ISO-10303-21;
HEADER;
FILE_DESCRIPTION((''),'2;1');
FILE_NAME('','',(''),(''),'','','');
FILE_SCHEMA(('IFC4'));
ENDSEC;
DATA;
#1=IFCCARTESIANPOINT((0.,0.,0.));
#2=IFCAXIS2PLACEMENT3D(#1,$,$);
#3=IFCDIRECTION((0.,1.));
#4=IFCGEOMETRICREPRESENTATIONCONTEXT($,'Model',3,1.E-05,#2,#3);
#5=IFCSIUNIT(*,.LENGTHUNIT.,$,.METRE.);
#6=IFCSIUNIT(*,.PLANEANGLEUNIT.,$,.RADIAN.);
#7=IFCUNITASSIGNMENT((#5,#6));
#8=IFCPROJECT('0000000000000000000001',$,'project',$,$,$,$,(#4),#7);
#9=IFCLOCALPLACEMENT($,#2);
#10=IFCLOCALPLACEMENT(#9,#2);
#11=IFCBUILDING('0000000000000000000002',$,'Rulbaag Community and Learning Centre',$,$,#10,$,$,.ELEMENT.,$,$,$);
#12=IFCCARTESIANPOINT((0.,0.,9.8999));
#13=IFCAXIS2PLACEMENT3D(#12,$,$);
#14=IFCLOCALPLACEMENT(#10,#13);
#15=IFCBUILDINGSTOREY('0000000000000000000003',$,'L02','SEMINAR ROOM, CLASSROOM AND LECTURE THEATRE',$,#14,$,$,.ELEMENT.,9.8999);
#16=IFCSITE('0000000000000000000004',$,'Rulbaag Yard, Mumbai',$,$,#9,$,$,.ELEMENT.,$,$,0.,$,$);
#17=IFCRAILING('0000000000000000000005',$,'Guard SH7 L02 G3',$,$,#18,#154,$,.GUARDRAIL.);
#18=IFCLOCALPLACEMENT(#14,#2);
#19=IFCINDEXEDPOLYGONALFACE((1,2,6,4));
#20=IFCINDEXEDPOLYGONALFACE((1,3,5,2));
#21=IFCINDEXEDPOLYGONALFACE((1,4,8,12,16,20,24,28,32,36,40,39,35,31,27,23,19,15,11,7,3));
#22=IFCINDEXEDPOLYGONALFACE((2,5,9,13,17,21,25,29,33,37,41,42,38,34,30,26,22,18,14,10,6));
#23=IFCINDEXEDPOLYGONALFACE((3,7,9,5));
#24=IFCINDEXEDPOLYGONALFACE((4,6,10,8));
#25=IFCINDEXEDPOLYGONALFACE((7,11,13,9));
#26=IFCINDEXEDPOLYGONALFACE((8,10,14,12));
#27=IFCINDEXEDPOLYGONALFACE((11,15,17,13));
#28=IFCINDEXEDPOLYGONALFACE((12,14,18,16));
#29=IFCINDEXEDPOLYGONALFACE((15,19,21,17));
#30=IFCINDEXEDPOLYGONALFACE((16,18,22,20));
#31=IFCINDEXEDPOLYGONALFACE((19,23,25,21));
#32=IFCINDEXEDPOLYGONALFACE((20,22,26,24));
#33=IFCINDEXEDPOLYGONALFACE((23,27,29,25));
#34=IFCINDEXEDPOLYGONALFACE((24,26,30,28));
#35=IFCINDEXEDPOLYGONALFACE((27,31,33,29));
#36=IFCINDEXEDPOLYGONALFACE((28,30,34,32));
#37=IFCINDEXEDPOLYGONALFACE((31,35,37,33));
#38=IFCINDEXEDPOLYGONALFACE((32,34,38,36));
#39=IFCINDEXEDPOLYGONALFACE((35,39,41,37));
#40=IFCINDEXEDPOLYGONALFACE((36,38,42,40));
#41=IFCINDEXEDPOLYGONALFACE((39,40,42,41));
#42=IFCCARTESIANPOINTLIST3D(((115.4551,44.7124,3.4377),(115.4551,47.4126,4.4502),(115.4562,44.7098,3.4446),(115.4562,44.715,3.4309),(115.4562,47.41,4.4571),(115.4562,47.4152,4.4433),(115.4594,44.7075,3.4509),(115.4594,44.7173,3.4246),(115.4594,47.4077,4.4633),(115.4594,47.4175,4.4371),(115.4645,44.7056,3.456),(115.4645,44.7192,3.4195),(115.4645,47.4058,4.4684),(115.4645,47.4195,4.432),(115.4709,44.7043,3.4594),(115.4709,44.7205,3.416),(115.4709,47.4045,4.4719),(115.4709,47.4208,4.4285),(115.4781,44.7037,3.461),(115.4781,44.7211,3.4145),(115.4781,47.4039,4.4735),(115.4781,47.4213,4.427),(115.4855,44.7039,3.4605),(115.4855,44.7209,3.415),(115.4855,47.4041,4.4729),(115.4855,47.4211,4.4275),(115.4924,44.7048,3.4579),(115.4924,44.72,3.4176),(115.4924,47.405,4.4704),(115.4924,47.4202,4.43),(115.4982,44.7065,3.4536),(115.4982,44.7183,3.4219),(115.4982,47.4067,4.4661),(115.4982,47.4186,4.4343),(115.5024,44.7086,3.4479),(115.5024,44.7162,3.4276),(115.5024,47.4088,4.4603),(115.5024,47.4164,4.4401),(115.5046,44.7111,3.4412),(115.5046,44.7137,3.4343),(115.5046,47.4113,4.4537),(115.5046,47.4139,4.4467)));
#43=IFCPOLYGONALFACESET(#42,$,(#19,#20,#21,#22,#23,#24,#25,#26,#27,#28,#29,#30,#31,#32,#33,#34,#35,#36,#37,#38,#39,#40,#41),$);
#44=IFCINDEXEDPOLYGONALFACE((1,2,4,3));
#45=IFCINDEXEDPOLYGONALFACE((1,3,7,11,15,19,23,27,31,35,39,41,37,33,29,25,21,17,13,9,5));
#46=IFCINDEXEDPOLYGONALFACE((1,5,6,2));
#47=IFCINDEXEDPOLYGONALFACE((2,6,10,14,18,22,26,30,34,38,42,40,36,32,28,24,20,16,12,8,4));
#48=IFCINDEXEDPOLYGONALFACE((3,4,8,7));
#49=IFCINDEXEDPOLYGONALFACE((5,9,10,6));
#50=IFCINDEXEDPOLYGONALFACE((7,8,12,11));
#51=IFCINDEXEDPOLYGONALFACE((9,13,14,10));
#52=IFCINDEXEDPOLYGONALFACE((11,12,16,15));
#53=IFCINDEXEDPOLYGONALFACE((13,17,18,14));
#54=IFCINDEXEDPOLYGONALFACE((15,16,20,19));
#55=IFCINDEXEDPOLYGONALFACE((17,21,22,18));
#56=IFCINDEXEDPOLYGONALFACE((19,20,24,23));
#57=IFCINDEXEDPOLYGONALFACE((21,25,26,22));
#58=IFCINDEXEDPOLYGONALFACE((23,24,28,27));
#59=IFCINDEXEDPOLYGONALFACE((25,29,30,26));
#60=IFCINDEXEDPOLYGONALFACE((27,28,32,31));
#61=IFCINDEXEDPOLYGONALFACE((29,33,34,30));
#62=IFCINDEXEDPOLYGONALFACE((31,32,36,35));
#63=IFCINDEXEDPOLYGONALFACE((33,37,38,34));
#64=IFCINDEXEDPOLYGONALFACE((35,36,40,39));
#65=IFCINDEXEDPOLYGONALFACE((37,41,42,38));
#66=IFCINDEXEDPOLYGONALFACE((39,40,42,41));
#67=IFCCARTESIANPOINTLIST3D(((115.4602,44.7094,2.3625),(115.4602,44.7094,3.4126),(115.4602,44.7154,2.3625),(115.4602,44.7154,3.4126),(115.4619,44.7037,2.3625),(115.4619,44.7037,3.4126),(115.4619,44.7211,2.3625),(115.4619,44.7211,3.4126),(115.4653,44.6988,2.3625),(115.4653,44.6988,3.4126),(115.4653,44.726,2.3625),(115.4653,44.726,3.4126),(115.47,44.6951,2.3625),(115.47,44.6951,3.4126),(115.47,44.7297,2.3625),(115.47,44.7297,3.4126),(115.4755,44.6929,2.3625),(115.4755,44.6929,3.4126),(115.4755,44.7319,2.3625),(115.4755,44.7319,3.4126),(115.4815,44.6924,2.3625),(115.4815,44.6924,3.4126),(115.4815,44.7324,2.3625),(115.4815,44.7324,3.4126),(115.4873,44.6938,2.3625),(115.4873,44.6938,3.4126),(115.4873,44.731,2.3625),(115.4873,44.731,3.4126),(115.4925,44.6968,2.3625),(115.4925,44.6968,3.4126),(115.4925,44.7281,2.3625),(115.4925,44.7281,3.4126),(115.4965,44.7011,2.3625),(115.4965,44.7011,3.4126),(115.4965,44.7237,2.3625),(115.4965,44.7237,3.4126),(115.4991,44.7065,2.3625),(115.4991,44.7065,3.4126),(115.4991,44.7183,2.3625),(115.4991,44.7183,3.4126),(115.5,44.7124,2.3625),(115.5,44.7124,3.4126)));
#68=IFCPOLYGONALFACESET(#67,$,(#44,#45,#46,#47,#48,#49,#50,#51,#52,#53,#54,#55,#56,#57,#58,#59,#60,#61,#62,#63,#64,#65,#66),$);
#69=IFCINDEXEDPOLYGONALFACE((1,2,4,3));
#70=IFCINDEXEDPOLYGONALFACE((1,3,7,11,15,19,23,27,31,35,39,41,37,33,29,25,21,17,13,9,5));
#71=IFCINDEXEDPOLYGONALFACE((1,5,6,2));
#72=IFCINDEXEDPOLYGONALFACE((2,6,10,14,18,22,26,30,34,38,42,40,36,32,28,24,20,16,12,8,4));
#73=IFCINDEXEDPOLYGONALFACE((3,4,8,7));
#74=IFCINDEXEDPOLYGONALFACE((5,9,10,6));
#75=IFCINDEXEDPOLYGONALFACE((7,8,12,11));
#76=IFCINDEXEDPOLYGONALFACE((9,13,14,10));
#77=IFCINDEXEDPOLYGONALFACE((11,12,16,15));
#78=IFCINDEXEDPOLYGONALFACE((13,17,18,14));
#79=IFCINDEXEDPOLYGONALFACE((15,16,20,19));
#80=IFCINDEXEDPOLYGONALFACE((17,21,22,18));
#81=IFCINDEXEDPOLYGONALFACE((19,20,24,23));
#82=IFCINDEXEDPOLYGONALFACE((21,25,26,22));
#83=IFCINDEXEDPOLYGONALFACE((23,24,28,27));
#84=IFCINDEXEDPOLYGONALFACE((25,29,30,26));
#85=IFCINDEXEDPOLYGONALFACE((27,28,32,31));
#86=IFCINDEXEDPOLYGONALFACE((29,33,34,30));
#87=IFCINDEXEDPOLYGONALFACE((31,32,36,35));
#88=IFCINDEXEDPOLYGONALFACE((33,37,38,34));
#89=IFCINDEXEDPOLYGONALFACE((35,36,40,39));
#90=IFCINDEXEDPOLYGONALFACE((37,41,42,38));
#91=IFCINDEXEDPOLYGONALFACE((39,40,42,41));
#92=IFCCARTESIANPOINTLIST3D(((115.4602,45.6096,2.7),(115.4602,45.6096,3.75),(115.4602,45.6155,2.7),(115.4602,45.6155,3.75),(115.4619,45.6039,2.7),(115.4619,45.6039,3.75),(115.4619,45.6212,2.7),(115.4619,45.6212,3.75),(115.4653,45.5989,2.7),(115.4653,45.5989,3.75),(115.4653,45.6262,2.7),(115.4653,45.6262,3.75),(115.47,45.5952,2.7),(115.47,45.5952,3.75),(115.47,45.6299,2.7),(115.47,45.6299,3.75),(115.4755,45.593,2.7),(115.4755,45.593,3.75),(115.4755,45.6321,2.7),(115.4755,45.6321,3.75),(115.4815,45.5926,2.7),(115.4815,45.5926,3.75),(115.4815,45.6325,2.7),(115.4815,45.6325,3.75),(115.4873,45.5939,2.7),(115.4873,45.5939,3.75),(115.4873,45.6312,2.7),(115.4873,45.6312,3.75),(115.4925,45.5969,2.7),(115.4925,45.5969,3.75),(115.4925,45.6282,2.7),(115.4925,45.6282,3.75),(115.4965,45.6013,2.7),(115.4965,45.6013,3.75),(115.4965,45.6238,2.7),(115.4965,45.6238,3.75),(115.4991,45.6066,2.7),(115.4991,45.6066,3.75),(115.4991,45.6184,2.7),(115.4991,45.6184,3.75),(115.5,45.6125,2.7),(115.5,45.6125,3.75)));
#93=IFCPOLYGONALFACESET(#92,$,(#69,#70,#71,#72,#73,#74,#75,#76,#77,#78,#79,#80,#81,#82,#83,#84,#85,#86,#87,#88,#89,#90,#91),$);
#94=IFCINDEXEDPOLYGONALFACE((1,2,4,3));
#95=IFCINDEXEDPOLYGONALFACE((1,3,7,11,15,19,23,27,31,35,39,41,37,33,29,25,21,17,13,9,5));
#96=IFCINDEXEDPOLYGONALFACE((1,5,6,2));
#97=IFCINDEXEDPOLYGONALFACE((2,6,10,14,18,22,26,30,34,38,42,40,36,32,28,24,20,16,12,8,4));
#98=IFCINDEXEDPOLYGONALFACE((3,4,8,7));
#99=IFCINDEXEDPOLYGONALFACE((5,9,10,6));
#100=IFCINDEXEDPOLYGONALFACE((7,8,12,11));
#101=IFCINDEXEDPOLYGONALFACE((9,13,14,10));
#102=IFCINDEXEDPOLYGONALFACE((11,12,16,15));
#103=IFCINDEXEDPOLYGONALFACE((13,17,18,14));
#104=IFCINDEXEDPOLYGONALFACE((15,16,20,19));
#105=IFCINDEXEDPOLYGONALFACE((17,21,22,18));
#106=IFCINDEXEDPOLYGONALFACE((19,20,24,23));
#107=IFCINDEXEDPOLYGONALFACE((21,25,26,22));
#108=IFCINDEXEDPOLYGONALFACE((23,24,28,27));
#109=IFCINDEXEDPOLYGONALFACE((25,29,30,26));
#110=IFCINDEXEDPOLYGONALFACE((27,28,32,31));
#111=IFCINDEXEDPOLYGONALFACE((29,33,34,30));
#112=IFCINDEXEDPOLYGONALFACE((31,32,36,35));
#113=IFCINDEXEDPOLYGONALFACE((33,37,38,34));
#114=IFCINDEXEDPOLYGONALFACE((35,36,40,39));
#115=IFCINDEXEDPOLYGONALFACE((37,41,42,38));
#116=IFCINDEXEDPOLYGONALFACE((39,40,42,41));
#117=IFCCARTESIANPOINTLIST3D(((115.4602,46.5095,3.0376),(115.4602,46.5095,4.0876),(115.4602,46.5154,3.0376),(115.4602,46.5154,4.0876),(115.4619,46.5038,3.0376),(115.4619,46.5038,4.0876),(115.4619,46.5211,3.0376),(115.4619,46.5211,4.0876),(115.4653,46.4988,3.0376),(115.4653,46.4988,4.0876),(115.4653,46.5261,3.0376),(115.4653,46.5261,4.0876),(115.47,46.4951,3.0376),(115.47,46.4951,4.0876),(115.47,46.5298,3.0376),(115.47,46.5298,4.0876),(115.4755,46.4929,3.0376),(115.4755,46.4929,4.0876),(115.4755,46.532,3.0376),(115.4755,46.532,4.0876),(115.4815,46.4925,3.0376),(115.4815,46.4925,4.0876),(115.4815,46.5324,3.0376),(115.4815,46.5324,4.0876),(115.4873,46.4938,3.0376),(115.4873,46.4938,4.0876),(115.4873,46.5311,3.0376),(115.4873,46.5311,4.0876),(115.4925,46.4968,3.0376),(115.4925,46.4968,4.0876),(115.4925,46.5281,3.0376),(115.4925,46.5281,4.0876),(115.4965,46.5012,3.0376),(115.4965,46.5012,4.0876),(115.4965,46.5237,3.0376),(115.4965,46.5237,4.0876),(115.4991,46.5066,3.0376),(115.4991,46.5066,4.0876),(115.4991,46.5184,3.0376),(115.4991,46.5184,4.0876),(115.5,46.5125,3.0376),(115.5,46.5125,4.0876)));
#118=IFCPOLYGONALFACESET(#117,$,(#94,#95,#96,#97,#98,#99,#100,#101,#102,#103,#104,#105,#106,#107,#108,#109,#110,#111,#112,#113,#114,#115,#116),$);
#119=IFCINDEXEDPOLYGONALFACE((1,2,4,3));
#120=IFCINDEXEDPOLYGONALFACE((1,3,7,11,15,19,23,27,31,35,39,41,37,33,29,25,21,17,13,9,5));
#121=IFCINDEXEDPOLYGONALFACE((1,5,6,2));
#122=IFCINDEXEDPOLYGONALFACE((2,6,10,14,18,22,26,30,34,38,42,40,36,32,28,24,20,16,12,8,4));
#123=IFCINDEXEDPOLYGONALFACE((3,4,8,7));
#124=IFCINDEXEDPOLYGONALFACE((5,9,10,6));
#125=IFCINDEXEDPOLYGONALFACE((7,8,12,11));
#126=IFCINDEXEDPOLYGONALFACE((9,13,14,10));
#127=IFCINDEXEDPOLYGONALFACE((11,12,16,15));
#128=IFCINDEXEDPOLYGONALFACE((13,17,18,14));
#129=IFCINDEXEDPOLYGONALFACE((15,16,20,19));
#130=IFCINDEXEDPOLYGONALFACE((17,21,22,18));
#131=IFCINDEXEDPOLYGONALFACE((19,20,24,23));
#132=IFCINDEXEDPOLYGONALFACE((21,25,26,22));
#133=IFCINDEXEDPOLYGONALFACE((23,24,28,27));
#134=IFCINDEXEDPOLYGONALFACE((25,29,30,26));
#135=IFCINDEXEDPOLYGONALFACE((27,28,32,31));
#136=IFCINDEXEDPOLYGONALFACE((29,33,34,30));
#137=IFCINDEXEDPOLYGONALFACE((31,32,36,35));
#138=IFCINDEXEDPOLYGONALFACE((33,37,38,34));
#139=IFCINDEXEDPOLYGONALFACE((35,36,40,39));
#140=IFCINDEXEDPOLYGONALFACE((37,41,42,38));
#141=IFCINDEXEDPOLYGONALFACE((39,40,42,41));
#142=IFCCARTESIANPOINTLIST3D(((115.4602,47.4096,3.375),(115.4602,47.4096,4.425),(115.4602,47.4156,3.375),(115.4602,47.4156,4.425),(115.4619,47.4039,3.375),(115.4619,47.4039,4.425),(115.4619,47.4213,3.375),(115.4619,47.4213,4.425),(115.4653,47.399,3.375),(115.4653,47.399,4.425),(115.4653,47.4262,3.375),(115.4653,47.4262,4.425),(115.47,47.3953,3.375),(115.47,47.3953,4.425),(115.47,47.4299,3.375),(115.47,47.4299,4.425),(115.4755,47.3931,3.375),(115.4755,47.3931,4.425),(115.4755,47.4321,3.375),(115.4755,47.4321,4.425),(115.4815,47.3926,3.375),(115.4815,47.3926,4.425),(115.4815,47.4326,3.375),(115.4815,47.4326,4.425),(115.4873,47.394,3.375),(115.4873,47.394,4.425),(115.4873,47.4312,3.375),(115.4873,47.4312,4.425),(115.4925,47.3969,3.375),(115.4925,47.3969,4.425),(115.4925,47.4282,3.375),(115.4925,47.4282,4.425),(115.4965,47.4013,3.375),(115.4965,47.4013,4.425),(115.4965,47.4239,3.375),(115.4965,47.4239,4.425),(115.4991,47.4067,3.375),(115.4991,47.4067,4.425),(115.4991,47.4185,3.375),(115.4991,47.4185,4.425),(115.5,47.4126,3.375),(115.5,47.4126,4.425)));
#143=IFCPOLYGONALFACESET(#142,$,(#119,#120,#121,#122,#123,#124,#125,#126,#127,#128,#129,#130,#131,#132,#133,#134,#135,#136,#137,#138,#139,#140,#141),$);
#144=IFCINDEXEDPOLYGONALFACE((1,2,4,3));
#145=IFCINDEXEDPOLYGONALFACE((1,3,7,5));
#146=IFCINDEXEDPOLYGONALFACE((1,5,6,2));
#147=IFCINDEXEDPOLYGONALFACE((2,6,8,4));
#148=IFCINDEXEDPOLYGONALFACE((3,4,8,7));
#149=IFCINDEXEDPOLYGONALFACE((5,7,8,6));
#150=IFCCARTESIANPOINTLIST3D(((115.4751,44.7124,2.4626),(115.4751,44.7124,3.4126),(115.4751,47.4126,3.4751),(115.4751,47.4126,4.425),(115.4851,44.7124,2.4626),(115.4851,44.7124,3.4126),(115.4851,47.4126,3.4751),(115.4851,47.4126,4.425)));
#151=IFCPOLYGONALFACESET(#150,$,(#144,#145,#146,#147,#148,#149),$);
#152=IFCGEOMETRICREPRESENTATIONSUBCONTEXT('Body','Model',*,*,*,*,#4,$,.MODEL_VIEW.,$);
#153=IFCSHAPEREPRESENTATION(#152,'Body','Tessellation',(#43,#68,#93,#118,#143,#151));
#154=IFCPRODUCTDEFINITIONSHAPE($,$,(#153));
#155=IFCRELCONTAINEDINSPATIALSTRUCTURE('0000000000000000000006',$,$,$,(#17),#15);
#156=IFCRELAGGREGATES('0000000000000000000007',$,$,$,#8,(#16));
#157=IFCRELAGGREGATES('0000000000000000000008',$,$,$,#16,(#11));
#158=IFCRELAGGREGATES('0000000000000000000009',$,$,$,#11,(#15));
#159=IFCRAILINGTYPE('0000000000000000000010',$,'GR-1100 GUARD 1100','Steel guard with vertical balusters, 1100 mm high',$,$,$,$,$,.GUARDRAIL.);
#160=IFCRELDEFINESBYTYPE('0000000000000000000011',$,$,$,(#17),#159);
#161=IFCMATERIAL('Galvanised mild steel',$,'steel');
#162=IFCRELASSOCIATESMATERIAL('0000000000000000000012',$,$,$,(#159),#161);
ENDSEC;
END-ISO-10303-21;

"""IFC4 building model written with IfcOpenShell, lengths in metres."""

from ifc_helpers import new_model, si_unit, direction, frame, origin, origin_2d, place, context, subcontext, project, spatial, polyline, circle, outline, extrude, material, type_object, element, save


model = new_model("IFC4")

# Units and contexts
model_context = context("Model", 3, precision=1e-05, world=origin(), true_north=direction((0.0, 1.0)))
body_context = subcontext(model_context, "Body", "Model", "MODEL_VIEW")
ifc_project = project(units=[si_unit("LENGTHUNIT", "METRE"), si_unit("PLANEANGLEUNIT", "RADIAN")], contexts=[model_context])

# Site, building, storey
site_placement = place(None, origin())
site = spatial("IfcSite", under=ifc_project, at=site_placement, Name="Rulbaag Yard, Mumbai", CompositionType="ELEMENT", RefElevation=0.0)
building_placement = place(site_placement, origin())
building = spatial("IfcBuilding", under=site, at=building_placement, Name="Rulbaag Community and Learning Centre", CompositionType="ELEMENT")
storey_placement = place(building_placement, frame((0.0, 0.0, 9.8999)))
storey = spatial("IfcBuildingStorey", under=building, at=storey_placement, Name="L02", Description="SEMINAR ROOM, CLASSROOM AND LECTURE THEATRE", CompositionType="ELEMENT", Elevation=9.8999)

# Railing
ifc_material_1 = material(Name="Galvanised mild steel", Category="steel")
railing_type_1 = type_object("IfcRailingType", Name="GR-1100 GUARD 1100", Description="Steel guard with vertical balusters, 1100 mm high", PredefinedType="GUARDRAIL", material=ifc_material_1)
railing_1_placement = place(storey_placement, frame((115.48, 44.7124, 2.3625)))
element("IfcRailing", 1, at=railing_1_placement, inside=storey, type_object=railing_type_1, Name="Guard SH7 L02 G3", PredefinedType="GUARDRAIL", context=body_context, shape_type="SweptSolid", body=[
    extrude(circle(Radius=0.0249, at=origin_2d()), frame((0.0, 0.0, 1.0752), z_axis=(0.0, 0.936343, 0.351086), x_axis=(-1.0, 0.0, 0.0)), (0.0, 0.0, 1.0), 2.8838),
    extrude(circle(Radius=0.02, at=origin_2d()), origin(), (0.0, 0.0, 1.0), 1.05),
    extrude(circle(Radius=0.02, at=origin_2d()), frame((0.0, 0.9001, 0.3374)), (0.0, 0.0, 1.0), 1.05),
    extrude(circle(Radius=0.02, at=origin_2d()), frame((0.0, 1.8, 0.675)), (0.0, 0.0, 1.0), 1.05),
    extrude(circle(Radius=0.02, at=origin_2d()), frame((0.0, 2.7002, 1.0125)), (0.0, 0.0, 1.0), 1.05),
    extrude(outline(polyline([(0.0, 0.0), (2.7002, 1.0125), (2.7002, 1.9624), (0.0, 0.95), (0.0, 0.0)])), frame((-0.0049, 0.0, 0.1001), z_axis=(1.0, 0.0, 0.0), x_axis=(0.0, 1.0, 0.0)), (0.0, 0.0, 1.0), 0.01),
])

save(model, "model.ifc")
